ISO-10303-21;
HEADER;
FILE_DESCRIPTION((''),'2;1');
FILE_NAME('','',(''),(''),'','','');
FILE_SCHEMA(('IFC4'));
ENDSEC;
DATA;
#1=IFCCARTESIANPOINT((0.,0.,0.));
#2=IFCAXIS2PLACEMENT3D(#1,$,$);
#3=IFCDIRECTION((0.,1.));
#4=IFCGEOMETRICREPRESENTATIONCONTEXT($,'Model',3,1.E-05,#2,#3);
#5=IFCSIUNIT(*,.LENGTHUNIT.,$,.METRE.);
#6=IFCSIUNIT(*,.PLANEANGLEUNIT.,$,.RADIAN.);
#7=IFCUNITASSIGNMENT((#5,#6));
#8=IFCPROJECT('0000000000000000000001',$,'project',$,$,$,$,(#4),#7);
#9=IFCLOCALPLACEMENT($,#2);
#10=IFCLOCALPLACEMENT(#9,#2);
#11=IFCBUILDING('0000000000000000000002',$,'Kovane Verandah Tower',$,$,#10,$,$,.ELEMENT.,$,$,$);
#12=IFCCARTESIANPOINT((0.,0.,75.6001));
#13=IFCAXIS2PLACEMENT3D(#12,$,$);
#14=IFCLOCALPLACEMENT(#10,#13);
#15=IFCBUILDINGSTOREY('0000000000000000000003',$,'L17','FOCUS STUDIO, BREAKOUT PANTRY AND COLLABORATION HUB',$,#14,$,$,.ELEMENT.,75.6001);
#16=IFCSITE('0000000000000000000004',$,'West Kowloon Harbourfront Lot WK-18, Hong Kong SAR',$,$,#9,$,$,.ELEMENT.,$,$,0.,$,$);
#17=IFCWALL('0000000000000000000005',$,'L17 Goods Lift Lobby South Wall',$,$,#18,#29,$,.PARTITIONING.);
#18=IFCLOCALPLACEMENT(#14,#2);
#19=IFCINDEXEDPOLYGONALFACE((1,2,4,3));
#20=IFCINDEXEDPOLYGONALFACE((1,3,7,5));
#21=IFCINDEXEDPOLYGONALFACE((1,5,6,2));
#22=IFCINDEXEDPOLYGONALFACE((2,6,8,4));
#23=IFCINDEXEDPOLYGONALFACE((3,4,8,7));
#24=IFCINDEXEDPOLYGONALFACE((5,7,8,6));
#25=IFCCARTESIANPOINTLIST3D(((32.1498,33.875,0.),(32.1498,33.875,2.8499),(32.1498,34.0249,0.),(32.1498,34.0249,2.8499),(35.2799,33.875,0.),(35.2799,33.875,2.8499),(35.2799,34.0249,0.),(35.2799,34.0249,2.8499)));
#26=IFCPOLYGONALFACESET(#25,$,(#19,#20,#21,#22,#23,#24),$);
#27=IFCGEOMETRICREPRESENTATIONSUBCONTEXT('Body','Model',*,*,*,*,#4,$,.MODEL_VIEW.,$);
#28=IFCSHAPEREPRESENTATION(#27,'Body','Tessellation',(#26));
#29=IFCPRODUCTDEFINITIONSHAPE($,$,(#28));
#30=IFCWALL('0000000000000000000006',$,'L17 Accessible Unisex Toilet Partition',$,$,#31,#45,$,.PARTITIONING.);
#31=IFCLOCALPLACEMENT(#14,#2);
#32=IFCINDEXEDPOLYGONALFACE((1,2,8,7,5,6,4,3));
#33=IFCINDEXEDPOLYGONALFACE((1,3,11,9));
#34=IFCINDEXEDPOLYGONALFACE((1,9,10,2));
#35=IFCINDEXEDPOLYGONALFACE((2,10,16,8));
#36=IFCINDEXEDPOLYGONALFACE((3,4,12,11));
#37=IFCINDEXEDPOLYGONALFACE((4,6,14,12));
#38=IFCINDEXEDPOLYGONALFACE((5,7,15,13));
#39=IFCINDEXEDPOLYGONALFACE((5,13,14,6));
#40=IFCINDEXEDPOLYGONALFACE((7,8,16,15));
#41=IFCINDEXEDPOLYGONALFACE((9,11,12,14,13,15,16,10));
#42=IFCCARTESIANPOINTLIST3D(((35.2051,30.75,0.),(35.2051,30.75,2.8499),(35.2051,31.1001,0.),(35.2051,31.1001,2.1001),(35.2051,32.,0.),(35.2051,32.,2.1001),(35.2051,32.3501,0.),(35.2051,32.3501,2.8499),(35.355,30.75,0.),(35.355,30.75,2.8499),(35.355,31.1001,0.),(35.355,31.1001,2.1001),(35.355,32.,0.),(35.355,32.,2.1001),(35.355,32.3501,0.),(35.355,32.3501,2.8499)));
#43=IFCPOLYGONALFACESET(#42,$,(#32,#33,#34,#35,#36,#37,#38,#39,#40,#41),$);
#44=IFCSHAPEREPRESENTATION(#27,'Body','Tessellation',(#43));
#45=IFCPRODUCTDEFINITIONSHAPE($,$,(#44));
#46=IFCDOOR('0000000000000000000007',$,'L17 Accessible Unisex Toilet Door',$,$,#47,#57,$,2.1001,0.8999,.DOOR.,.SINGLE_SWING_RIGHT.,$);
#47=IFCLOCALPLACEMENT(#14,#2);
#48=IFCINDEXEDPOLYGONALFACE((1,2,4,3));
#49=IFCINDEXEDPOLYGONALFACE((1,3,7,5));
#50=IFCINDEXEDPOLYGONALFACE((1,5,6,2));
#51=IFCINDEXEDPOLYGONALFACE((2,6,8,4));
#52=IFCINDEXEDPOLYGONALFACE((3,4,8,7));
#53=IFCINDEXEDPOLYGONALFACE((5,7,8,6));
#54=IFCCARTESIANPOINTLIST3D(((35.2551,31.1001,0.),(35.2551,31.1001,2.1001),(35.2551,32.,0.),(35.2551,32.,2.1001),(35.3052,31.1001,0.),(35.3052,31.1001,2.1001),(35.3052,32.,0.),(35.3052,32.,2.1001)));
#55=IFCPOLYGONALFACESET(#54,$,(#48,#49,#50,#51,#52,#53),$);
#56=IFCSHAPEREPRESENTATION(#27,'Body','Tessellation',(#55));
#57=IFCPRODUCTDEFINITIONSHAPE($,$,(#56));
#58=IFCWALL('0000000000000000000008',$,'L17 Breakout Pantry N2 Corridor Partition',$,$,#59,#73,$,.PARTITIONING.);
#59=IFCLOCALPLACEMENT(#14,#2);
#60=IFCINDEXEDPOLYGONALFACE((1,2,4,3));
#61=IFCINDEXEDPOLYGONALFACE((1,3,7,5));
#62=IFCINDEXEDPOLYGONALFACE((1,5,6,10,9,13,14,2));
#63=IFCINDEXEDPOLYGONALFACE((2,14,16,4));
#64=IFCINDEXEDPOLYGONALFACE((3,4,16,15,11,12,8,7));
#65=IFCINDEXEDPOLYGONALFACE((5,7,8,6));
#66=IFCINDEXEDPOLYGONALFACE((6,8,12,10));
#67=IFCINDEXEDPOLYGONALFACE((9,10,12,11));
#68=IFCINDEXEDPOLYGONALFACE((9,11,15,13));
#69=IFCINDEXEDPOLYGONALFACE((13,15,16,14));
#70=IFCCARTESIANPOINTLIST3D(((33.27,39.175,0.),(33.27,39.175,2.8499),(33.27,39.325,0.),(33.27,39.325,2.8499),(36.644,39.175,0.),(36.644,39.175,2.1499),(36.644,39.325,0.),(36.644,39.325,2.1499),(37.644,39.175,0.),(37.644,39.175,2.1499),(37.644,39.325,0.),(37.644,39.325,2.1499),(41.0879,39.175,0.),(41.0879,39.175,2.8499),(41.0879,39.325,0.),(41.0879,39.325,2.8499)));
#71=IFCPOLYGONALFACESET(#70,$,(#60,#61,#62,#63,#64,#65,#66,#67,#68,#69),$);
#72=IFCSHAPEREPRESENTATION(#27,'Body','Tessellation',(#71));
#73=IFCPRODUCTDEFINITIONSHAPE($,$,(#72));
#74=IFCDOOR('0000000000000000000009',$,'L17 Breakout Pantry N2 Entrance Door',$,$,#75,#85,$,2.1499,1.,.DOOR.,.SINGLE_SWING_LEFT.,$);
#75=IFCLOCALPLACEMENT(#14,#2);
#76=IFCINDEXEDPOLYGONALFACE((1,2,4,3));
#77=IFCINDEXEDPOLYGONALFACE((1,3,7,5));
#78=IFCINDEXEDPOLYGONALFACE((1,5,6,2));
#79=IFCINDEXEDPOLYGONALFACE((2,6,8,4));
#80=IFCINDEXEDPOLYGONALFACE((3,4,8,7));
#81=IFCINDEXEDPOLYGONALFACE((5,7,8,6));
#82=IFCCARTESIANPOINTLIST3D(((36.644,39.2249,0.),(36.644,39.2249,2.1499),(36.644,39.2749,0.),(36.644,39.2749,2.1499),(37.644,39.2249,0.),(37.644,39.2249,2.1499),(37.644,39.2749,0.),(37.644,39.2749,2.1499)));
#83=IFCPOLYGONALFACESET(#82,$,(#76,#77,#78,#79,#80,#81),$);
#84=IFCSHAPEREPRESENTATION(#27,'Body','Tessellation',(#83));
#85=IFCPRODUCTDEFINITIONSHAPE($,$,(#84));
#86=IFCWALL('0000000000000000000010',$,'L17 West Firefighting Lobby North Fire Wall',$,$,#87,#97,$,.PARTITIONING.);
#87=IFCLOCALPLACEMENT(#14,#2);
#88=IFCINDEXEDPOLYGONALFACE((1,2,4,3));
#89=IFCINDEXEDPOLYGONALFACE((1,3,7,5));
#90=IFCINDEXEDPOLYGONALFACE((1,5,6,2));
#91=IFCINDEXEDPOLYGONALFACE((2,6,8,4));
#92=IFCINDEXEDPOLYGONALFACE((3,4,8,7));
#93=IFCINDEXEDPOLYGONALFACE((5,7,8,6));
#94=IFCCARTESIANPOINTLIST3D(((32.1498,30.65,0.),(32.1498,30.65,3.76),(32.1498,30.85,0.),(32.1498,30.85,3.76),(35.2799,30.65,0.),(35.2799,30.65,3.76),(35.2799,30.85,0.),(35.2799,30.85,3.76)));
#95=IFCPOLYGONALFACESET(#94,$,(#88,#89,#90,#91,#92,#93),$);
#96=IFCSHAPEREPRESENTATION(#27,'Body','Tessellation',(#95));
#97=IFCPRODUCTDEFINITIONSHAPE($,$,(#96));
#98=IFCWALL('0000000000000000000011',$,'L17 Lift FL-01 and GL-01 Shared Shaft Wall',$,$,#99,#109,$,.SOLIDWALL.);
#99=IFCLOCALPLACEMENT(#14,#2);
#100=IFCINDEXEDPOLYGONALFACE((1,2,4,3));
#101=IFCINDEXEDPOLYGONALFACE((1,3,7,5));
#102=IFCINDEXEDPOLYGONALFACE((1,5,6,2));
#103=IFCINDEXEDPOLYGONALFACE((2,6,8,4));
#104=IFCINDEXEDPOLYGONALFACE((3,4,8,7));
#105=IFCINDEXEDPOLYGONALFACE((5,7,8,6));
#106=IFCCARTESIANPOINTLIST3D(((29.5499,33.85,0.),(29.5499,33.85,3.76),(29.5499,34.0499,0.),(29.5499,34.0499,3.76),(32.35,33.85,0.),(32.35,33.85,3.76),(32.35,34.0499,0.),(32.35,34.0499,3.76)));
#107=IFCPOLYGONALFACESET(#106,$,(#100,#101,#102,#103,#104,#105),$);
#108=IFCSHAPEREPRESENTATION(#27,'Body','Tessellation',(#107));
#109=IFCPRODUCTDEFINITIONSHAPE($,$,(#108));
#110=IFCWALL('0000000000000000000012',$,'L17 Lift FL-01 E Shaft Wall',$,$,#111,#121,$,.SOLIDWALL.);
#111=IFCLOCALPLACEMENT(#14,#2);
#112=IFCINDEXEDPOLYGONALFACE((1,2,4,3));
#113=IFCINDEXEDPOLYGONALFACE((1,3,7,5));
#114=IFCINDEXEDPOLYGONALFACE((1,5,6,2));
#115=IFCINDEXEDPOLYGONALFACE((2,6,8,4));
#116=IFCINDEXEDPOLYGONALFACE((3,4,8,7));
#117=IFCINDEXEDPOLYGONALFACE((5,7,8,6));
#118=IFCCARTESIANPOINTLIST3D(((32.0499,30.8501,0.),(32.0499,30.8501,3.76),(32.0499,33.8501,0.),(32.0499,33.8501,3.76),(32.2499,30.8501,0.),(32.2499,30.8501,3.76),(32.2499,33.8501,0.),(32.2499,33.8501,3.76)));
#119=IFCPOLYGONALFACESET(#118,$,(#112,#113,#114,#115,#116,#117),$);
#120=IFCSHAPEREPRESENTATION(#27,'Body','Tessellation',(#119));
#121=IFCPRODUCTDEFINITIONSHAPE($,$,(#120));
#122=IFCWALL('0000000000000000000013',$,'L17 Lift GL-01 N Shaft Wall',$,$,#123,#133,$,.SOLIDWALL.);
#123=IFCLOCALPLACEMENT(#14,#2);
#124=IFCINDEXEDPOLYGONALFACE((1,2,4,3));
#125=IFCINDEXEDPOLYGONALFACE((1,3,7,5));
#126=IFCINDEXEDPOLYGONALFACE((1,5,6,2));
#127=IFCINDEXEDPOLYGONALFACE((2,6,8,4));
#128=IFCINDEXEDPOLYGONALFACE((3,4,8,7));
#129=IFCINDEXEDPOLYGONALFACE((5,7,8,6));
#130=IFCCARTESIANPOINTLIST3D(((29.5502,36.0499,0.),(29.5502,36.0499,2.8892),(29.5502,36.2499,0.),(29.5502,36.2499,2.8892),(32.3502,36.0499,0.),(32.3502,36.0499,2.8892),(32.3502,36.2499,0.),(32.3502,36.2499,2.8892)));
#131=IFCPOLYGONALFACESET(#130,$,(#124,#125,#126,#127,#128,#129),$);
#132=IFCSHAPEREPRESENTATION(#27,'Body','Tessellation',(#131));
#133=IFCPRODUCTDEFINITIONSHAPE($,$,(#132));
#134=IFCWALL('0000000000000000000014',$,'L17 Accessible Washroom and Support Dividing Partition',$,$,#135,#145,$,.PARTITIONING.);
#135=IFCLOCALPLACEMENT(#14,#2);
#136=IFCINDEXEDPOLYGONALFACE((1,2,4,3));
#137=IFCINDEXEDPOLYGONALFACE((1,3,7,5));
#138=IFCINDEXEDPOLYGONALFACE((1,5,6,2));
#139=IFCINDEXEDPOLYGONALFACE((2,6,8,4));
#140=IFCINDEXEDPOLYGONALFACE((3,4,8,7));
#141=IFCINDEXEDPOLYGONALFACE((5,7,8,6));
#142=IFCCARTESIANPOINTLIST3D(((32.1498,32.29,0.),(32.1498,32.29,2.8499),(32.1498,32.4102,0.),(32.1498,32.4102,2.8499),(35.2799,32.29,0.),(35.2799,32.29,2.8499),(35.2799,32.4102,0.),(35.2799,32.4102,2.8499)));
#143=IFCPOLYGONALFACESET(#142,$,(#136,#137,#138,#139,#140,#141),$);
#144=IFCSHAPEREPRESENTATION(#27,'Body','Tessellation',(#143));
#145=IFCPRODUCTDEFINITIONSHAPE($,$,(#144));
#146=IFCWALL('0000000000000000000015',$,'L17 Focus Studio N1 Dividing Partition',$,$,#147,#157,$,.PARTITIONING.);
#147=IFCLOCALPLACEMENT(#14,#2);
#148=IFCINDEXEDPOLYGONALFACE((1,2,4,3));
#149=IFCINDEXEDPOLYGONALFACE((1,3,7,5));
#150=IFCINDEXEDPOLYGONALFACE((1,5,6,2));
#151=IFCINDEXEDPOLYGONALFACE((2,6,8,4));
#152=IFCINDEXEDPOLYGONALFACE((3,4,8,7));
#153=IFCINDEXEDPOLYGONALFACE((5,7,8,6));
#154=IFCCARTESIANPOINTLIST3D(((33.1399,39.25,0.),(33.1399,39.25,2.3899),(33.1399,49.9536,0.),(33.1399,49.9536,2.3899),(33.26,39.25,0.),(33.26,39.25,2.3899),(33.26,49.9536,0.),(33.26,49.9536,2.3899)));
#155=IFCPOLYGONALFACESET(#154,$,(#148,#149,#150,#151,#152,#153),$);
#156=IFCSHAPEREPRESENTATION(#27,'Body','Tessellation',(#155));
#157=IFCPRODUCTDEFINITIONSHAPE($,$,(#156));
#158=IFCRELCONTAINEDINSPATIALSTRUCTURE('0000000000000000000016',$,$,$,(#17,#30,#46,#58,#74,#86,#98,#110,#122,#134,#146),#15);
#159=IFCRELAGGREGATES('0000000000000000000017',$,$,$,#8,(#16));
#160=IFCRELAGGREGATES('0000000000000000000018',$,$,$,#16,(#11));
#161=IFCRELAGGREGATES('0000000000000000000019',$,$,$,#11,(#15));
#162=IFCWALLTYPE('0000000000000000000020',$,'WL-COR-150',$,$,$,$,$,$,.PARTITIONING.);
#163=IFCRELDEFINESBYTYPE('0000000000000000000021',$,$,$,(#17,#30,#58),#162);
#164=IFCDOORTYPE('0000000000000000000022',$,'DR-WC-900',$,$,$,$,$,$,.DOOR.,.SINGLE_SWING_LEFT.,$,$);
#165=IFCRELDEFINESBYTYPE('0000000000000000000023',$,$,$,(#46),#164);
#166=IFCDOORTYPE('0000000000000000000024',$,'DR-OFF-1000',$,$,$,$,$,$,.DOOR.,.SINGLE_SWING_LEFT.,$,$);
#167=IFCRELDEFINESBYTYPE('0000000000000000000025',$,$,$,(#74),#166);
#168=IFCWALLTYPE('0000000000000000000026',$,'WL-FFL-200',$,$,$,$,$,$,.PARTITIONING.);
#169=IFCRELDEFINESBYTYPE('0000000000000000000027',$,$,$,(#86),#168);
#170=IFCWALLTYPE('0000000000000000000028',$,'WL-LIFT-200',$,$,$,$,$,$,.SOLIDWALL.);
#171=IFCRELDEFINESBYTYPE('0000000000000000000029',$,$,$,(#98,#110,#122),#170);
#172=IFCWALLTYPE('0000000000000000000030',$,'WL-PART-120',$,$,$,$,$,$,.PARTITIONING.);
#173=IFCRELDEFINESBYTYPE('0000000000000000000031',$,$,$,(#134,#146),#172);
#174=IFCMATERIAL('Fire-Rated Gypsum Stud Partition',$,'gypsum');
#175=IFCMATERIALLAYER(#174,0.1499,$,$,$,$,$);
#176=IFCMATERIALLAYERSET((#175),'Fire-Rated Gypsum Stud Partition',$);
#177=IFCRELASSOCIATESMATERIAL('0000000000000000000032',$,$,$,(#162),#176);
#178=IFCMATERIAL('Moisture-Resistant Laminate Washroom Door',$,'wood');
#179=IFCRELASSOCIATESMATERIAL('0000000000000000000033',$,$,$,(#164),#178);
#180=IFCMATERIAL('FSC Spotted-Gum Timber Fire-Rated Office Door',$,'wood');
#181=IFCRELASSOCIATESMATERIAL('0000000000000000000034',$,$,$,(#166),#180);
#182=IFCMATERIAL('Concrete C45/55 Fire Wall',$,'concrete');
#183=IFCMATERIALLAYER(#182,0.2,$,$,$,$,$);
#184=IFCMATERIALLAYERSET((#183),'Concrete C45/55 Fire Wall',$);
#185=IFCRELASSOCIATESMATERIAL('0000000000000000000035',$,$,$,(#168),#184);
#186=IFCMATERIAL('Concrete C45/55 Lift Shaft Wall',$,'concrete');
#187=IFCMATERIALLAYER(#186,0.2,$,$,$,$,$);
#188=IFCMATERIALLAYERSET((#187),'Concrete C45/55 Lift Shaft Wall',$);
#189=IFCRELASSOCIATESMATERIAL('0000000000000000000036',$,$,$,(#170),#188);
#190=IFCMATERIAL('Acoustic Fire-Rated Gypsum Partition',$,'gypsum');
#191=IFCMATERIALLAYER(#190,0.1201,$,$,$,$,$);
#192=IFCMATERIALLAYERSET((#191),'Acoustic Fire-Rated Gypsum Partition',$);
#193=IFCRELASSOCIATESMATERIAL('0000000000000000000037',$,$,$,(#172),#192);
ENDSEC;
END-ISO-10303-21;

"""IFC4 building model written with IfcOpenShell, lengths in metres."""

from ifc_helpers import new_model, si_unit, direction, frame, frame_2d, origin, place, context, subcontext, project, spatial, rectangle, extrude, material, layer, layer_set, type_object, element, fill, save


model = new_model("IFC4")

# Units and contexts
model_context = context("Model", 3, precision=1e-05, world=origin(), true_north=direction((0.0, 1.0)))
body_context = subcontext(model_context, "Body", "Model", "MODEL_VIEW")
ifc_project = project(units=[si_unit("LENGTHUNIT", "METRE"), si_unit("PLANEANGLEUNIT", "RADIAN")], contexts=[model_context])

# Site, building, storey
site_placement = place(None, origin())
site = spatial("IfcSite", under=ifc_project, at=site_placement, Name="West Kowloon Harbourfront Lot WK-18, Hong Kong SAR", CompositionType="ELEMENT", RefElevation=0.0)
building_placement = place(site_placement, origin())
building = spatial("IfcBuilding", under=site, at=building_placement, Name="Kovane Verandah Tower", CompositionType="ELEMENT")
storey_placement = place(building_placement, frame((0.0, 0.0, 75.6001)))
storey = spatial("IfcBuildingStorey", under=building, at=storey_placement, Name="L17", Description="FOCUS STUDIO, BREAKOUT PANTRY AND COLLABORATION HUB", CompositionType="ELEMENT", Elevation=75.6001)

# Wall
ifc_material_1 = material(Name="Fire-Rated Gypsum Stud Partition", Category="gypsum")
ifc_layer_1 = layer(ifc_material_1, 0.1499)
ifc_layer_set_1 = layer_set([ifc_layer_1], Name="Fire-Rated Gypsum Stud Partition")
wall_type_1 = type_object("IfcWallType", Name="WL-COR-150", PredefinedType="PARTITIONING", material=ifc_layer_set_1)
wall_1_placement = place(storey_placement, frame((32.1499, 33.95, 0.0), z_axis=(0.0, 0.0, 1.0), x_axis=(1.0, 0.0, 0.0)))
element("IfcWall", 1, at=wall_1_placement, inside=storey, type_object=wall_type_1, Name="L17 Goods Lift Lobby South Wall", PredefinedType="PARTITIONING", context=body_context, shape_type="SweptSolid", body=[
    extrude(rectangle(XDim=3.1301, YDim=0.1499, at=frame_2d((1.5649, 0.0))), origin(), (0.0, 0.0, 1.0), 2.8499),
])

# Walls, openings, doors
wall_2_placement = place(storey_placement, frame((35.28, 30.75, 0.0), z_axis=(0.0, 0.0, 1.0), x_axis=(0.0, 1.0, 0.0)))
wall_2 = element("IfcWall", 2, at=wall_2_placement, inside=storey, type_object=wall_type_1, Name="L17 Accessible Unisex Toilet Partition", PredefinedType="PARTITIONING", context=body_context, shape_type="SweptSolid", body=[
    extrude(rectangle(XDim=1.6001, YDim=0.1499, at=frame_2d((0.8, 0.0))), origin(), (0.0, 0.0, 1.0), 2.8499),
])
opening_1_placement = place(wall_2_placement, frame((0.3501, 0.0, 0.0)))
opening_1 = element("IfcOpeningElement", 3, at=opening_1_placement, cuts=wall_2, PredefinedType="OPENING", context=body_context, shape_type="SweptSolid", body=[
    extrude(rectangle(XDim=0.8999, YDim=2.1001, at=frame_2d((0.45, 1.05))), frame((0.0, 0.075, 0.0), z_axis=(0.0, -1.0, 0.0), x_axis=(1.0, 0.0, 0.0)), (0.0, 0.0, 1.0), 0.1499),
])
ifc_material_2 = material(Name="Moisture-Resistant Laminate Washroom Door", Category="wood")
door_type_1 = type_object("IfcDoorType", Name="DR-WC-900", OperationType="SINGLE_SWING_LEFT", PredefinedType="DOOR", material=ifc_material_2)
door_1_placement = place(opening_1_placement, origin())
door_1 = element("IfcDoor", 4, at=door_1_placement, inside=storey, type_object=door_type_1, Name="L17 Accessible Unisex Toilet Door", OperationType="SINGLE_SWING_RIGHT", OverallHeight=2.1001, OverallWidth=0.8999, PredefinedType="DOOR", context=body_context, shape_type="SweptSolid", body=[
    extrude(rectangle(XDim=0.8999, YDim=2.1001, at=frame_2d((0.45, 1.05))), frame((0.0, 0.0249, 0.0), z_axis=(0.0, -1.0, 0.0), x_axis=(1.0, 0.0, 0.0)), (0.0, 0.0, 1.0), 0.05),
])
fill(opening_1, door_1)
ifc_material_3 = material(Name="FSC Spotted-Gum Timber Fire-Rated Office Door", Category="wood")
door_type_2 = type_object("IfcDoorType", Name="DR-OFF-1000", OperationType="SINGLE_SWING_LEFT", PredefinedType="DOOR", material=ifc_material_3)
wall_3_placement = place(storey_placement, frame((33.27, 39.25, 0.0), z_axis=(0.0, 0.0, 1.0), x_axis=(1.0, 0.0, 0.0)))
wall_3 = element("IfcWall", 5, at=wall_3_placement, inside=storey, type_object=wall_type_1, Name="L17 Breakout Pantry N2 Corridor Partition", PredefinedType="PARTITIONING", context=body_context, shape_type="SweptSolid", body=[
    extrude(rectangle(XDim=7.8179, YDim=0.1499, at=frame_2d((3.9089, 0.0))), origin(), (0.0, 0.0, 1.0), 2.8499),
])
opening_2_placement = place(wall_3_placement, frame((3.374, 0.0, 0.0)))
opening_2 = element("IfcOpeningElement", 6, at=opening_2_placement, cuts=wall_3, PredefinedType="OPENING", context=body_context, shape_type="SweptSolid", body=[
    extrude(rectangle(XDim=1.0, YDim=2.1499, at=frame_2d((0.5, 1.075))), frame((0.0, 0.075, 0.0), z_axis=(0.0, -1.0, 0.0), x_axis=(1.0, 0.0, 0.0)), (0.0, 0.0, 1.0), 0.1499),
])
door_2_placement = place(opening_2_placement, origin())
door_2 = element("IfcDoor", 7, at=door_2_placement, inside=storey, type_object=door_type_2, Name="L17 Breakout Pantry N2 Entrance Door", OperationType="SINGLE_SWING_LEFT", OverallHeight=2.1499, OverallWidth=1.0, PredefinedType="DOOR", context=body_context, shape_type="SweptSolid", body=[
    extrude(rectangle(XDim=1.0, YDim=2.1499, at=frame_2d((0.5, 1.075))), frame((0.0, 0.0249, 0.0), z_axis=(0.0, -1.0, 0.0), x_axis=(1.0, 0.0, 0.0)), (0.0, 0.0, 1.0), 0.05),
])
fill(opening_2, door_2)

# Wall
ifc_material_4 = material(Name="Concrete C45/55 Fire Wall", Category="concrete")
ifc_layer_2 = layer(ifc_material_4, 0.2)
ifc_layer_set_2 = layer_set([ifc_layer_2], Name="Concrete C45/55 Fire Wall")
wall_type_2 = type_object("IfcWallType", Name="WL-FFL-200", PredefinedType="PARTITIONING", material=ifc_layer_set_2)
wall_4_placement = place(storey_placement, frame((32.1499, 30.75, 0.0), z_axis=(0.0, 0.0, 1.0), x_axis=(1.0, 0.0, 0.0)))
element("IfcWall", 8, at=wall_4_placement, inside=storey, type_object=wall_type_2, Name="L17 West Firefighting Lobby North Fire Wall", PredefinedType="PARTITIONING", context=body_context, shape_type="SweptSolid", body=[
    extrude(rectangle(XDim=3.1301, YDim=0.2, at=frame_2d((1.5649, 0.0))), origin(), (0.0, 0.0, 1.0), 3.76),
])

# Shared definitions
ifc_material_5 = material(Name="Concrete C45/55 Lift Shaft Wall", Category="concrete")
ifc_layer_3 = layer(ifc_material_5, 0.2)
ifc_layer_set_3 = layer_set([ifc_layer_3], Name="Concrete C45/55 Lift Shaft Wall")
wall_type_3 = type_object("IfcWallType", Name="WL-LIFT-200", PredefinedType="SOLIDWALL", material=ifc_layer_set_3)

# Walls
wall_5_placement = place(storey_placement, frame((29.55, 33.95, 0.0), z_axis=(0.0, 0.0, 1.0), x_axis=(1.0, 0.0, 0.0)))
element("IfcWall", 9, at=wall_5_placement, inside=storey, type_object=wall_type_3, Name="L17 Lift FL-01 and GL-01 Shared Shaft Wall", PredefinedType="SOLIDWALL", context=body_context, shape_type="SweptSolid", body=[
    extrude(rectangle(XDim=2.8, YDim=0.2, at=frame_2d((1.3999, 0.0))), origin(), (0.0, 0.0, 1.0), 3.76),
])
wall_6_placement = place(storey_placement, frame((32.1499, 30.8501, 0.0), z_axis=(0.0, 0.0, 1.0), x_axis=(0.0, 1.0, 0.0)))
element("IfcWall", 10, at=wall_6_placement, inside=storey, type_object=wall_type_3, Name="L17 Lift FL-01 E Shaft Wall", PredefinedType="SOLIDWALL", context=body_context, shape_type="SweptSolid", body=[
    extrude(rectangle(XDim=3.0, YDim=0.2, at=frame_2d((1.5, 0.0))), origin(), (0.0, 0.0, 1.0), 3.76),
])
wall_7_placement = place(storey_placement, frame((32.3501, 36.1499, 0.0), z_axis=(0.0, 0.0, 1.0), x_axis=(-1.0, 0.0, 0.0)))
element("IfcWall", 11, at=wall_7_placement, inside=storey, type_object=wall_type_3, Name="L17 Lift GL-01 N Shaft Wall", PredefinedType="SOLIDWALL", context=body_context, shape_type="SweptSolid", body=[
    extrude(rectangle(XDim=2.8, YDim=0.2, at=frame_2d((1.3999, 0.0))), origin(), (0.0, 0.0, 1.0), 2.8892),
])

# Walls
ifc_material_6 = material(Name="Acoustic Fire-Rated Gypsum Partition", Category="gypsum")
ifc_layer_4 = layer(ifc_material_6, 0.1201)
ifc_layer_set_4 = layer_set([ifc_layer_4], Name="Acoustic Fire-Rated Gypsum Partition")
wall_type_4 = type_object("IfcWallType", Name="WL-PART-120", PredefinedType="PARTITIONING", material=ifc_layer_set_4)
wall_8_placement = place(storey_placement, frame((32.1499, 32.3501, 0.0), z_axis=(0.0, 0.0, 1.0), x_axis=(1.0, 0.0, 0.0)))
element("IfcWall", 12, at=wall_8_placement, inside=storey, type_object=wall_type_4, Name="L17 Accessible Washroom and Support Dividing Partition", PredefinedType="PARTITIONING", context=body_context, shape_type="SweptSolid", body=[
    extrude(rectangle(XDim=3.1301, YDim=0.1201, at=frame_2d((1.5649, 0.0))), origin(), (0.0, 0.0, 1.0), 2.8499),
])
wall_9_placement = place(storey_placement, frame((33.2, 39.25, 0.0), z_axis=(0.0, 0.0, 1.0), x_axis=(0.0, 1.0, 0.0)))
element("IfcWall", 13, at=wall_9_placement, inside=storey, type_object=wall_type_4, Name="L17 Focus Studio N1 Dividing Partition", PredefinedType="PARTITIONING", context=body_context, shape_type="SweptSolid", body=[
    extrude(rectangle(XDim=10.7036, YDim=0.1201, at=frame_2d((5.3518, 0.0))), origin(), (0.0, 0.0, 1.0), 2.3899),
])

save(model, "model.ifc")
